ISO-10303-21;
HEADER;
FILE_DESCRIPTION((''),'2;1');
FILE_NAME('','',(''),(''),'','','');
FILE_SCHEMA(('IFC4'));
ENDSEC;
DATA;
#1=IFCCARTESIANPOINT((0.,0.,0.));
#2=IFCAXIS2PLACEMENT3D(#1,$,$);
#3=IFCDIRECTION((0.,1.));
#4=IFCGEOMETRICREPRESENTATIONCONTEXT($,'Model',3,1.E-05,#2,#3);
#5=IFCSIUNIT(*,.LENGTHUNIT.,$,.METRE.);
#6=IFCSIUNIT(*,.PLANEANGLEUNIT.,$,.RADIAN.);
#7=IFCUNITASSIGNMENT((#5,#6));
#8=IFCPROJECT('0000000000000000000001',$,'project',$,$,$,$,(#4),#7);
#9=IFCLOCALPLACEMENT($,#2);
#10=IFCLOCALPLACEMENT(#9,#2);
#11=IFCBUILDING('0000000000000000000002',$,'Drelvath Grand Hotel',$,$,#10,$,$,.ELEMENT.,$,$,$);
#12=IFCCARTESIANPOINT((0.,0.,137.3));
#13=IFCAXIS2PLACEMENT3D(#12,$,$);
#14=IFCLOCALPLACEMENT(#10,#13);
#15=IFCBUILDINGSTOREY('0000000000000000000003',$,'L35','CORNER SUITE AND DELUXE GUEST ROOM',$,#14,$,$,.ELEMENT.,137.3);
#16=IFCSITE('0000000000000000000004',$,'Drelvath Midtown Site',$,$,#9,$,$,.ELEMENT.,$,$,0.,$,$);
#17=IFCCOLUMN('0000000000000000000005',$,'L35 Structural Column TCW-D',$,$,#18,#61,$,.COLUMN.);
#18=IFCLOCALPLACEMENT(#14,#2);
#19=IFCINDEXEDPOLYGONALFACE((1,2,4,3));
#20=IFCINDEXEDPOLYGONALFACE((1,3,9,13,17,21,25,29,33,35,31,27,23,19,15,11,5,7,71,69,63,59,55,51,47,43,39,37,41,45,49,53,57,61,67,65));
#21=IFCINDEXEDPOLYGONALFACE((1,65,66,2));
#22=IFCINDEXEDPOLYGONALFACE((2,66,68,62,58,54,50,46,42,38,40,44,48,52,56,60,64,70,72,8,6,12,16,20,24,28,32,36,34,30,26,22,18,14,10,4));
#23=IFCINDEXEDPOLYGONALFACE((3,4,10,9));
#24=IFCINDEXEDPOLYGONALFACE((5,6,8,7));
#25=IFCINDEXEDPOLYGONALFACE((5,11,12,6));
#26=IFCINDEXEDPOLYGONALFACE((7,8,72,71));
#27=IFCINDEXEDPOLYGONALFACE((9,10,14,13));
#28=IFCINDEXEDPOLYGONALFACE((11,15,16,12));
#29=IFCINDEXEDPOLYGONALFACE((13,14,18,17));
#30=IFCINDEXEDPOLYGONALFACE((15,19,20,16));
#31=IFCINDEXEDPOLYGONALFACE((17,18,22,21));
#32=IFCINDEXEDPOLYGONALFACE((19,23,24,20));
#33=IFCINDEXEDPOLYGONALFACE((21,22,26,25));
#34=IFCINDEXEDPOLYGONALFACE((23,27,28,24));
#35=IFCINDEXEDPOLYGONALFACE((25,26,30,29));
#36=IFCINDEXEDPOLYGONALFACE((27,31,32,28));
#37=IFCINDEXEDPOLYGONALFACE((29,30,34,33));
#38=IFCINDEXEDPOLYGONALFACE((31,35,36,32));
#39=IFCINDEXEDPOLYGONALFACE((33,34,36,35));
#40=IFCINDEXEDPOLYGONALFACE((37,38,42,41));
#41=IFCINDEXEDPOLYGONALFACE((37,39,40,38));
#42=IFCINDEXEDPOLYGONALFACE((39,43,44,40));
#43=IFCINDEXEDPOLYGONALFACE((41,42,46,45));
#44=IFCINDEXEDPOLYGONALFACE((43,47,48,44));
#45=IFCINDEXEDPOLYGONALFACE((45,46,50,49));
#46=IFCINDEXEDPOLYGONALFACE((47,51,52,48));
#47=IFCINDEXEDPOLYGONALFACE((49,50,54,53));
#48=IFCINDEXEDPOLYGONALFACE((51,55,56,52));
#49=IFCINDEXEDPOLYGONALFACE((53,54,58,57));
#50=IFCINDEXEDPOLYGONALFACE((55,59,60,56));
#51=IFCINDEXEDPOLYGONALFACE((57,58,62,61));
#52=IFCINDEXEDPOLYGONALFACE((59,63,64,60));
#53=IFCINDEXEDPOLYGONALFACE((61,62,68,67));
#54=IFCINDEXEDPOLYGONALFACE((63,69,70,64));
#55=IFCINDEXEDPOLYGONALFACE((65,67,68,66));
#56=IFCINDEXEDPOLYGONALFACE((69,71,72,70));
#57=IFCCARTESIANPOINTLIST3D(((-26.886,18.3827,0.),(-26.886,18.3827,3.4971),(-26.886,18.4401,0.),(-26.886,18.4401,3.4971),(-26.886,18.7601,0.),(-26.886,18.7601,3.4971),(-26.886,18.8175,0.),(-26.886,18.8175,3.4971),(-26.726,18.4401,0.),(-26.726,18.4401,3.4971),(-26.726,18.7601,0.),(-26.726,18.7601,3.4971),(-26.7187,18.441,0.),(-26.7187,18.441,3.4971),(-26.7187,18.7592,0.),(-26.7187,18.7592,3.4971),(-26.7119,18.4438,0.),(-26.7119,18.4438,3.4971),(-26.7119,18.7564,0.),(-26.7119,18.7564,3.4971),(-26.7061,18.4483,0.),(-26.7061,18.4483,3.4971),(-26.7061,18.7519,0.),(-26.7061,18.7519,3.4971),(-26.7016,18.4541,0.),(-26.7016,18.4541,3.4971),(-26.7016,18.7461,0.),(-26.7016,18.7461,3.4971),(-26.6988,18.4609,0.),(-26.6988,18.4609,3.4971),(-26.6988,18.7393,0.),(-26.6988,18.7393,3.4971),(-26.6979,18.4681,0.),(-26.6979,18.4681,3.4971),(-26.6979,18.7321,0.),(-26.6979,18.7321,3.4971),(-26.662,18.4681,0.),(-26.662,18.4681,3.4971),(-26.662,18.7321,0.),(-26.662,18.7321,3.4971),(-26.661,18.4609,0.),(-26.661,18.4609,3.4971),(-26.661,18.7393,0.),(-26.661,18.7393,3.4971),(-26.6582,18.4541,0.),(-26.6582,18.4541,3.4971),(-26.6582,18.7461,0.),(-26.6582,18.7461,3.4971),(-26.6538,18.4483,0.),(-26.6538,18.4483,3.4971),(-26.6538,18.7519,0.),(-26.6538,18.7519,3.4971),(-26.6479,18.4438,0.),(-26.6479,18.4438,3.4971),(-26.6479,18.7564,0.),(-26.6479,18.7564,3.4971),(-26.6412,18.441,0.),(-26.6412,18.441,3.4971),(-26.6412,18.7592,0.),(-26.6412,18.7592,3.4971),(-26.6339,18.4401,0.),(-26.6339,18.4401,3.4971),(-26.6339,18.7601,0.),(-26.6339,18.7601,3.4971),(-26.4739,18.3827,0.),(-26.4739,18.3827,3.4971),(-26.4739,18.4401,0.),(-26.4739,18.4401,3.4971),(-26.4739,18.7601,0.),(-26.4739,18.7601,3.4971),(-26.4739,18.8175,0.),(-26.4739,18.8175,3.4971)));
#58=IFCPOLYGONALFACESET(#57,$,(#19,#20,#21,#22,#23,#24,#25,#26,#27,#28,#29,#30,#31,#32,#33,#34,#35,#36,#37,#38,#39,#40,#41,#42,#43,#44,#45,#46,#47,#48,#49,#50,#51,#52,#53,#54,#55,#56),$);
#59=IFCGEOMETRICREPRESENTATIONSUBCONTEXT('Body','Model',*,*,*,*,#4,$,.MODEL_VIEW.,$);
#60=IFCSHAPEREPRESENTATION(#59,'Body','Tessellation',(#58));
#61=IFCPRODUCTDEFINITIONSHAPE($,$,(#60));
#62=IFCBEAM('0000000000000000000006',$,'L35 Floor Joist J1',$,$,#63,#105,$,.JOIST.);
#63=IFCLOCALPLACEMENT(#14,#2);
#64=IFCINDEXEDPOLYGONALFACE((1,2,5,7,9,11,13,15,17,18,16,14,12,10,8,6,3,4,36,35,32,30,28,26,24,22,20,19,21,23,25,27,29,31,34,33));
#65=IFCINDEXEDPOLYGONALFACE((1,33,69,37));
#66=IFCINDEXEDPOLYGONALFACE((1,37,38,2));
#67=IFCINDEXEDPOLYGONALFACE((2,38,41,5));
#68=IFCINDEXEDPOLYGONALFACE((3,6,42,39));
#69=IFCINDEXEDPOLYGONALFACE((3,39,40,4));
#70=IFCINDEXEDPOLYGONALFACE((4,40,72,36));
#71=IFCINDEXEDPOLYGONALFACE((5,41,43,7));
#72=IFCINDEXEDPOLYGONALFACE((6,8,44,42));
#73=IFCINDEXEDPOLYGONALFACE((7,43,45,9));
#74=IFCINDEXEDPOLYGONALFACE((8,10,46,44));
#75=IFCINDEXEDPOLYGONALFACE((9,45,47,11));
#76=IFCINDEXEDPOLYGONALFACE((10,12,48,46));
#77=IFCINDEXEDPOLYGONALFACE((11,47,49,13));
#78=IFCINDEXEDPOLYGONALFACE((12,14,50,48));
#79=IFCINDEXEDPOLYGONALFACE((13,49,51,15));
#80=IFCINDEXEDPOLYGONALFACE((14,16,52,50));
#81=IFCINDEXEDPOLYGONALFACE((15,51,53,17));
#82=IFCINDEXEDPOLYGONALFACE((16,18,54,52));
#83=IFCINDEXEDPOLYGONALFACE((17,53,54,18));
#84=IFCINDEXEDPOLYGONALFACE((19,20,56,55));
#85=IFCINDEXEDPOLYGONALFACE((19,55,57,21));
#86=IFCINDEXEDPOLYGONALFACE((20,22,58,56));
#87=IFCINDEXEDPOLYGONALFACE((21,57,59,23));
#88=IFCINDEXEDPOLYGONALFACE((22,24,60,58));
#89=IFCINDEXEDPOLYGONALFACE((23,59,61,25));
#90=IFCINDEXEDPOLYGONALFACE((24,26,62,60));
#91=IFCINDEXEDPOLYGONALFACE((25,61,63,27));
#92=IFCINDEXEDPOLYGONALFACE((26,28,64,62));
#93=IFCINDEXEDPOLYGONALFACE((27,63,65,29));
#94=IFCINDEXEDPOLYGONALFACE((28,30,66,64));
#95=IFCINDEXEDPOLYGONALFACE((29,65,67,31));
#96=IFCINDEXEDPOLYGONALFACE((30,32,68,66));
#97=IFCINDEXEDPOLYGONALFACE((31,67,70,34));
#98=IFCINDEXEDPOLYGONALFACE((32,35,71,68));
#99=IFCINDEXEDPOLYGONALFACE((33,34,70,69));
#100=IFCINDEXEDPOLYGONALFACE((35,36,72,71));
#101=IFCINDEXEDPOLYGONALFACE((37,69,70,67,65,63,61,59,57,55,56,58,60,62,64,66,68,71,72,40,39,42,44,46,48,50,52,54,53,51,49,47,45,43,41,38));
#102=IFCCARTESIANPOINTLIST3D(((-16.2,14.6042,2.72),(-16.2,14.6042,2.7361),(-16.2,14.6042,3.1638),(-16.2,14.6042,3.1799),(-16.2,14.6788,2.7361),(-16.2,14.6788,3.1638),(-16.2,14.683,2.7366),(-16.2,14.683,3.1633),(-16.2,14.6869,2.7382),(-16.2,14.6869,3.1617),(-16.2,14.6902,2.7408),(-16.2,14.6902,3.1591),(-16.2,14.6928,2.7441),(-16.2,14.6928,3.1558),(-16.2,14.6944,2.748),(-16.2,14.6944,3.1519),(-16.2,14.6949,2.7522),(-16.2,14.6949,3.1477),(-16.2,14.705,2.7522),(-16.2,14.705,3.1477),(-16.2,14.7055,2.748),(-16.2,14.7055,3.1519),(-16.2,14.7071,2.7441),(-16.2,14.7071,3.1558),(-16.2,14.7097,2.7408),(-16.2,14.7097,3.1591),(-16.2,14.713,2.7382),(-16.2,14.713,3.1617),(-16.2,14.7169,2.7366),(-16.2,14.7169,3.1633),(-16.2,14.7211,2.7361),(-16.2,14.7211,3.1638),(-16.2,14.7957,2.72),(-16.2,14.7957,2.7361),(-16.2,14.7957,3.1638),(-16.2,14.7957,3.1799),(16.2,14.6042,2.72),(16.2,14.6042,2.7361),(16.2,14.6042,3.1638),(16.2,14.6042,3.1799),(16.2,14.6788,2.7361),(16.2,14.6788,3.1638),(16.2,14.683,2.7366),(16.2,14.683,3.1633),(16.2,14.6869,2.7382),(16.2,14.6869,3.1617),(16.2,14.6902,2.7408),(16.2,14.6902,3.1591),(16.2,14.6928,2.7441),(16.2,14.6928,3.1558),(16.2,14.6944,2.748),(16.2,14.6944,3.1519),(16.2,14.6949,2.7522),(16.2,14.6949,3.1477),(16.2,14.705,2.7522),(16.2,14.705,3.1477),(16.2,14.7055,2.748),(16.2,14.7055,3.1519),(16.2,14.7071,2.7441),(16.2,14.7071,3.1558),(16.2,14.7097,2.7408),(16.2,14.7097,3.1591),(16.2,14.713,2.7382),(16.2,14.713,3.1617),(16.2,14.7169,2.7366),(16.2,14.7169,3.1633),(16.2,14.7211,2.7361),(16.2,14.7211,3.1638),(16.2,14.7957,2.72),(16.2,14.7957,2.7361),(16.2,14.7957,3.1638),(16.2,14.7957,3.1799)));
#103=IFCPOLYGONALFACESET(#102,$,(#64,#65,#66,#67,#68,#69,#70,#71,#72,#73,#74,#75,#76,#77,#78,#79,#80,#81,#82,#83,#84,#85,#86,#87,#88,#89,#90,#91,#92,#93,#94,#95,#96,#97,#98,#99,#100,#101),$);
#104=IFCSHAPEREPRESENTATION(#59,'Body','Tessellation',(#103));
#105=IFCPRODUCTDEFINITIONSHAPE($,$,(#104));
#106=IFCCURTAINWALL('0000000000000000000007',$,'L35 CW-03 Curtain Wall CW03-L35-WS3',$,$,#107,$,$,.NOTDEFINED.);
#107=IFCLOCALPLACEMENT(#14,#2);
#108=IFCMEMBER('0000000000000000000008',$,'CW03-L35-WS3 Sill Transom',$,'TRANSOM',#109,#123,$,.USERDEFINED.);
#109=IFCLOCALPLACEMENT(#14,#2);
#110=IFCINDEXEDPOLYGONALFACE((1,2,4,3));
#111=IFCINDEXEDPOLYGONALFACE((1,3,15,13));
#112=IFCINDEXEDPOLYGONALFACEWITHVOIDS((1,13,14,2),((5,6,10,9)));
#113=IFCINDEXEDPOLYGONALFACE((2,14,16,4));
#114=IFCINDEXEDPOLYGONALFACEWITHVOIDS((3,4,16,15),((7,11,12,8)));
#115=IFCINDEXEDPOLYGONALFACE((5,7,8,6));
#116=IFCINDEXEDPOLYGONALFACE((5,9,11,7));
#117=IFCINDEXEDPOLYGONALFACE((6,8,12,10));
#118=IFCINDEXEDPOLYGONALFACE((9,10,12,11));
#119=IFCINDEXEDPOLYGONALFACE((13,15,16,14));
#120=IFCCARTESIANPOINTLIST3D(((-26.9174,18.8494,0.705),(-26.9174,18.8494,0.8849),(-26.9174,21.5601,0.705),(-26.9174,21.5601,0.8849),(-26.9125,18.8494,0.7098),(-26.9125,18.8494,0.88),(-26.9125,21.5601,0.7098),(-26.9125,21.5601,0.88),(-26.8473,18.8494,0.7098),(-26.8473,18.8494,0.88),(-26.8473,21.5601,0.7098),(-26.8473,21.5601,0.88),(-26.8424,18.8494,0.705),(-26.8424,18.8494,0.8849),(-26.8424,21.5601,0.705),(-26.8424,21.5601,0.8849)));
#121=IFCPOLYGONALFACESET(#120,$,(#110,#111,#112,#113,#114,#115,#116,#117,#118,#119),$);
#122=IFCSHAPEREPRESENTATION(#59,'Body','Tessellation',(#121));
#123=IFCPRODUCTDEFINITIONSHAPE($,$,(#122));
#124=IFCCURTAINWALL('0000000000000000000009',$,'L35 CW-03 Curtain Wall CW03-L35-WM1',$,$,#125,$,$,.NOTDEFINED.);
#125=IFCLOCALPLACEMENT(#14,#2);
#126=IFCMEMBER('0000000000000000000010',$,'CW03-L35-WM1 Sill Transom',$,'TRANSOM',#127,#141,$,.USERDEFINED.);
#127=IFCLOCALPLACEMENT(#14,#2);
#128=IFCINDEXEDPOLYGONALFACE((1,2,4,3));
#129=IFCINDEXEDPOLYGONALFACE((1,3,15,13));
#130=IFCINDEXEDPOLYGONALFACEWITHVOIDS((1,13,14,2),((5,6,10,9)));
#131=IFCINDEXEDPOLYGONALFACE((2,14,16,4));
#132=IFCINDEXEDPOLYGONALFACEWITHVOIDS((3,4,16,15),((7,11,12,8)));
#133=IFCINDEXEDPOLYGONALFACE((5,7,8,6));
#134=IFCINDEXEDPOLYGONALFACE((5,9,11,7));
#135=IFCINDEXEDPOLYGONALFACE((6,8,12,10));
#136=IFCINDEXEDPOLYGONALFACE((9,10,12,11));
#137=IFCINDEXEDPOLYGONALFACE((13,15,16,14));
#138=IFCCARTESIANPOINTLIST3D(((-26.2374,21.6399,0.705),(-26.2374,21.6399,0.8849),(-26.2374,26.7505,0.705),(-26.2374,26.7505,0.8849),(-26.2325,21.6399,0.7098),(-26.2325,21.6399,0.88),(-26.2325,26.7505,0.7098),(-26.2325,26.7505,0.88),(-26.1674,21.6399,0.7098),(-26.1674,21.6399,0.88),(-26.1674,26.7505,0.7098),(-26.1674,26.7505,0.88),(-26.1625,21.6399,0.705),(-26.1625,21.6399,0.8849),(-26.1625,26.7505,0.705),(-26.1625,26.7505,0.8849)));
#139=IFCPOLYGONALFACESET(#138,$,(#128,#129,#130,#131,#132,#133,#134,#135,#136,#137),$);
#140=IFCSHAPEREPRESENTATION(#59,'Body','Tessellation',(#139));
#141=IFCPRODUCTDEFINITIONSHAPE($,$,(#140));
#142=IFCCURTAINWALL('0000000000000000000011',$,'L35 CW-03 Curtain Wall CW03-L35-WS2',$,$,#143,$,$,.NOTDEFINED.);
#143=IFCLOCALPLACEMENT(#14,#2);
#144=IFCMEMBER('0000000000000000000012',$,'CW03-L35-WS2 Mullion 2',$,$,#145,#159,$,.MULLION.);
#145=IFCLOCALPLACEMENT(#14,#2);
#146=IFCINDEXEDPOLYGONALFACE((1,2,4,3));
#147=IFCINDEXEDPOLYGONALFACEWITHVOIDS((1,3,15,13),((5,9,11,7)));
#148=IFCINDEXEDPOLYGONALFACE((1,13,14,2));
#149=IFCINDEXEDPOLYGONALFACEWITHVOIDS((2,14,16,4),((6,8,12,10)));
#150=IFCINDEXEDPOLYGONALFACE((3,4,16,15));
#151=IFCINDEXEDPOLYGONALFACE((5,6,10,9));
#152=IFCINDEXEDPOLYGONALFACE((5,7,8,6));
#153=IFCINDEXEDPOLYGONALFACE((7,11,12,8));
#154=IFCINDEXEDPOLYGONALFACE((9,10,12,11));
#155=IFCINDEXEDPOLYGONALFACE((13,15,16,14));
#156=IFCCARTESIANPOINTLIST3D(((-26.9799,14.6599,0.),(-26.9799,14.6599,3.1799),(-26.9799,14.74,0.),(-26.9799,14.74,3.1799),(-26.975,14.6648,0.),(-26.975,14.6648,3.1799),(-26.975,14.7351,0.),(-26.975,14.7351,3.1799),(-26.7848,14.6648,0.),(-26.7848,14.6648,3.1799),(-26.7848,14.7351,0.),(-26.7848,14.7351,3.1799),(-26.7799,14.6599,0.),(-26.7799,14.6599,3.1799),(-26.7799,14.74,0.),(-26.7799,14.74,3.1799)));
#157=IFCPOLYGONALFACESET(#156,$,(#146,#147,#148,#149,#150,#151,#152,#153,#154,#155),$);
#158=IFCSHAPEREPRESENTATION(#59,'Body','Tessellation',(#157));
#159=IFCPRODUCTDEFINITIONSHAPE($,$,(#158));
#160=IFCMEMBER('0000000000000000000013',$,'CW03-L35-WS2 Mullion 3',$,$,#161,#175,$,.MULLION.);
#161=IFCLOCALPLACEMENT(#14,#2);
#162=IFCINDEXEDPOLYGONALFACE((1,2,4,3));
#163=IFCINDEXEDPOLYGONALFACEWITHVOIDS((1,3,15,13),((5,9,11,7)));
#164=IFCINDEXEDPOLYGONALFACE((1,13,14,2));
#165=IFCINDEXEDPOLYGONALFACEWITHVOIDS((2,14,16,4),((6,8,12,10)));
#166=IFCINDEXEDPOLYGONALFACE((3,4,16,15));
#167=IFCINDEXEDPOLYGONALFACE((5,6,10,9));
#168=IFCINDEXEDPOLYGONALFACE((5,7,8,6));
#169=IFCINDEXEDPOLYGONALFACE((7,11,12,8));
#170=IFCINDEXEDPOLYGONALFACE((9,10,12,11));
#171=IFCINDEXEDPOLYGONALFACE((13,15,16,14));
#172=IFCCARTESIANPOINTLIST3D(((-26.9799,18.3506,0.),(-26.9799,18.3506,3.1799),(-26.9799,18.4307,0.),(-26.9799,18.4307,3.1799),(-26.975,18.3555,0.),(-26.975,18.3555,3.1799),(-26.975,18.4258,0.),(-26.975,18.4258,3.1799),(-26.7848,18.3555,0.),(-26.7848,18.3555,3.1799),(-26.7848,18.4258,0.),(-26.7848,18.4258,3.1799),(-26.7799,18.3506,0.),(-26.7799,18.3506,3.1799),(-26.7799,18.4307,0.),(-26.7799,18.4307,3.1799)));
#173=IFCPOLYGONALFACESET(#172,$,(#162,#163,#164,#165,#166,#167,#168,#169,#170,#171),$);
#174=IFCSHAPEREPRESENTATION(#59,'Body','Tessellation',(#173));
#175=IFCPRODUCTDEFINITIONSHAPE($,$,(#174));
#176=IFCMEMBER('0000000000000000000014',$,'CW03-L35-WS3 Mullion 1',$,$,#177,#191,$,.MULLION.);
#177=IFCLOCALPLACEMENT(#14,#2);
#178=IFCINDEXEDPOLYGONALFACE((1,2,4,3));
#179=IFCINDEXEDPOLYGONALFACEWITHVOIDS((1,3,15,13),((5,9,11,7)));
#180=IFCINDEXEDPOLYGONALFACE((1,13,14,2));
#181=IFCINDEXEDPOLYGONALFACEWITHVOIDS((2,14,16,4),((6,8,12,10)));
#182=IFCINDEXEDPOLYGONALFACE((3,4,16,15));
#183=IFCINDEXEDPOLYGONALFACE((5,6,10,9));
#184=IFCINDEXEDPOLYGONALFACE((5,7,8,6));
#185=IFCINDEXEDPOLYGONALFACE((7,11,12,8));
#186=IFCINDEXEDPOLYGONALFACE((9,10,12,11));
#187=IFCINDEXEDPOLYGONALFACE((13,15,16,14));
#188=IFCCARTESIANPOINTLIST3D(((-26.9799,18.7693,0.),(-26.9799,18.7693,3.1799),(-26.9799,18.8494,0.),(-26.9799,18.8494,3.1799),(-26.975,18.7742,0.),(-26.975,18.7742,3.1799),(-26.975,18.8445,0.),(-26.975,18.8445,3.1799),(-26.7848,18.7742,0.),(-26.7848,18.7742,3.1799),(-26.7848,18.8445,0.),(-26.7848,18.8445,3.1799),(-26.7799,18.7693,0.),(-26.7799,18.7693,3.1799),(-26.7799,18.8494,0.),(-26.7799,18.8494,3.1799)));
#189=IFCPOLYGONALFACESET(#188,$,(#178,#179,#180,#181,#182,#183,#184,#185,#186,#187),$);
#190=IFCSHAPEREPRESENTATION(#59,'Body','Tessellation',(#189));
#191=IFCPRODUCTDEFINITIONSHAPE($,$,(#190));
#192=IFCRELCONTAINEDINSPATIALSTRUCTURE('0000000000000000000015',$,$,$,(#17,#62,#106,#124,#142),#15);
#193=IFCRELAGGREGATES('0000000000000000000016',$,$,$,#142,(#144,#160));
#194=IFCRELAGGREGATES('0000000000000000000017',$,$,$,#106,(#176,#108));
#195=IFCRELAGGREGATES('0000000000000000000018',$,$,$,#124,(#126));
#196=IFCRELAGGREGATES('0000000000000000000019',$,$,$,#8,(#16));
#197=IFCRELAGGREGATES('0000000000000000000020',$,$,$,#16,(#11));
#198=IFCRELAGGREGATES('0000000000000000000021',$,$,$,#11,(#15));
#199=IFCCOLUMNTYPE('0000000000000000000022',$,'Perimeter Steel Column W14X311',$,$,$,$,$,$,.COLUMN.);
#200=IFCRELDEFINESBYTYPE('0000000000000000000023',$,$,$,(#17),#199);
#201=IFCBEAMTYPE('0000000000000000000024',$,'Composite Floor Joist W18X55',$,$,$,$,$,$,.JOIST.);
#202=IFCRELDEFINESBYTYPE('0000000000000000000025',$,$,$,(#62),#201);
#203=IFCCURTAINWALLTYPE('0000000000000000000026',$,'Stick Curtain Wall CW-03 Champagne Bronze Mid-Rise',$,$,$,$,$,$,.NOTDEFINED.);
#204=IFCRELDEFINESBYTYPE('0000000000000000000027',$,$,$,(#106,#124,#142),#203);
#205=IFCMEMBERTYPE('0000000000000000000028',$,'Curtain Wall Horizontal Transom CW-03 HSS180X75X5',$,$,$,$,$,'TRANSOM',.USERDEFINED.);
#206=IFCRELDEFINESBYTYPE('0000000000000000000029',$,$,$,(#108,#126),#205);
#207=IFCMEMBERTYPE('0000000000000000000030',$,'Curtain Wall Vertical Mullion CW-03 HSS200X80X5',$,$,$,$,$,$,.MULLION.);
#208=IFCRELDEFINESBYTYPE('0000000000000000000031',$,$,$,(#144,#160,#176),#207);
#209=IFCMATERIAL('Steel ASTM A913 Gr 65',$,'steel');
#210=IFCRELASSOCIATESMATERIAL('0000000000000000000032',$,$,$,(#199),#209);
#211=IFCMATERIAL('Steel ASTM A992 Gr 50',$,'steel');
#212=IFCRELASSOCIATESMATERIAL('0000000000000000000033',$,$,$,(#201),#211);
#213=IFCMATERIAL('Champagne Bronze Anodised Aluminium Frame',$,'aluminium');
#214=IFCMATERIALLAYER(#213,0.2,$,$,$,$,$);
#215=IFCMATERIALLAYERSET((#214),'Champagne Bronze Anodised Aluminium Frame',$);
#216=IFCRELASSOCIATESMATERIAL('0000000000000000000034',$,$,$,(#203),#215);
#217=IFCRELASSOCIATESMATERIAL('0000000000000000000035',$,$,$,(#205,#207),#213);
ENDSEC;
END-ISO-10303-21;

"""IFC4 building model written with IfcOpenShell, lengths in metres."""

from ifc_helpers import new_model, si_unit, direction, frame, origin, origin_2d, place, context, subcontext, project, spatial, hollow_rectangle, i_section, extrude, material, layer, layer_set, material_profile, profile_set, type_object, element, aggregate, save


model = new_model("IFC4")

# Units and contexts
model_context = context("Model", 3, precision=1e-05, world=origin(), true_north=direction((0.0, 1.0)))
body_context = subcontext(model_context, "Body", "Model", "MODEL_VIEW")
ifc_project = project(units=[si_unit("LENGTHUNIT", "METRE"), si_unit("PLANEANGLEUNIT", "RADIAN")], contexts=[model_context])

# Site, building, storey
site_placement = place(None, origin())
site = spatial("IfcSite", under=ifc_project, at=site_placement, Name="Drelvath Midtown Site", CompositionType="ELEMENT", RefElevation=0.0)
building_placement = place(site_placement, origin())
building = spatial("IfcBuilding", under=site, at=building_placement, Name="Drelvath Grand Hotel", CompositionType="ELEMENT")
storey_placement = place(building_placement, frame((0.0, 0.0, 137.3)))
storey = spatial("IfcBuildingStorey", under=building, at=storey_placement, Name="L35", Description="CORNER SUITE AND DELUXE GUEST ROOM", CompositionType="ELEMENT", Elevation=137.3)

# Column
ifc_material_1 = material(Name="Steel ASTM A913 Gr 65", Category="steel")
ifc_material_profile_1 = material_profile(ifc_material_1, i_section(OverallWidth=0.4121, OverallDepth=0.4348, WebThickness=0.0359, FlangeThickness=0.0574, FilletRadius=0.0281, at=origin_2d()), Name="W14X311")
ifc_profile_set_1 = profile_set([ifc_material_profile_1], Name="Steel ASTM A913 Gr 65")
column_type = type_object("IfcColumnType", Name="Perimeter Steel Column W14X311", PredefinedType="COLUMN", material=ifc_profile_set_1)
column_placement = place(storey_placement, frame((-26.6799, 18.6001, 0.0), z_axis=(0.0, 0.0, 1.0), x_axis=(1.0, 0.0, 0.0)))
element("IfcColumn", 1, at=column_placement, inside=storey, type_object=column_type, Name="L35 Structural Column TCW-D", PredefinedType="COLUMN", context=body_context, shape_type="SweptSolid", body=[
    extrude(i_section(OverallWidth=0.4121, OverallDepth=0.4348, WebThickness=0.0359, FlangeThickness=0.0574, FilletRadius=0.0281, at=origin_2d()), origin(), (0.0, 0.0, 1.0), 3.4971),
])

# Beam
ifc_material_2 = material(Name="Steel ASTM A992 Gr 50", Category="steel")
ifc_material_profile_2 = material_profile(ifc_material_2, i_section(OverallWidth=0.1914, OverallDepth=0.46, WebThickness=0.01, FlangeThickness=0.0161, FilletRadius=0.0161, at=origin_2d()), Name="W18X55")
ifc_profile_set_2 = profile_set([ifc_material_profile_2], Name="Steel ASTM A992 Gr 50")
beam_type_1 = type_object("IfcBeamType", Name="Composite Floor Joist W18X55", PredefinedType="JOIST", material=ifc_profile_set_2)
beam_1_placement = place(storey_placement, frame((-16.2, 14.7, 2.95), z_axis=(1.0, 0.0, 0.0), x_axis=(0.0, 1.0, 0.0)))
element("IfcBeam", 2, at=beam_1_placement, inside=storey, type_object=beam_type_1, Name="L35 Floor Joist J1", PredefinedType="JOIST", context=body_context, shape_type="SweptSolid", body=[
    extrude(i_section(OverallWidth=0.1914, OverallDepth=0.46, WebThickness=0.01, FlangeThickness=0.0161, FilletRadius=0.0161, at=origin_2d()), origin(), (0.0, 0.0, 1.0), 32.3999),
])

# Curtain walls, members
ifc_material_3 = material(Name="Champagne Bronze Anodised Aluminium Frame", Category="aluminium")
ifc_layer_1 = layer(ifc_material_3, 0.2)
ifc_layer_set_1 = layer_set([ifc_layer_1], Name="Champagne Bronze Anodised Aluminium Frame")
curtain_wall_type = type_object("IfcCurtainWallType", Name="Stick Curtain Wall CW-03 Champagne Bronze Mid-Rise", PredefinedType="NOTDEFINED", material=ifc_layer_set_1)
curtain_wall_1_placement = place(storey_placement, origin())
curtain_wall_1 = element("IfcCurtainWall", 3, at=curtain_wall_1_placement, inside=storey, type_object=curtain_wall_type, Name="L35 CW-03 Curtain Wall CW03-L35-WS3", PredefinedType="NOTDEFINED")
ifc_material_profile_3 = material_profile(ifc_material_3, hollow_rectangle(XDim=0.075, YDim=0.1799, WallThickness=0.0049, at=origin_2d()), Name="HSS180X75X5")
ifc_profile_set_3 = profile_set([ifc_material_profile_3], Name="Champagne Bronze Anodised Aluminium Frame")
member_type_1 = type_object("IfcMemberType", Name="Curtain Wall Horizontal Transom CW-03 HSS180X75X5", ElementType="TRANSOM", PredefinedType="USERDEFINED", material=ifc_profile_set_3)
member_1_placement = place(storey_placement, frame((-26.8799, 18.8494, 0.7949), z_axis=(0.0, 1.0, 0.0), x_axis=(-1.0, 0.0, 0.0)))
member_1 = element("IfcMember", 4, at=member_1_placement, type_object=member_type_1, Name="CW03-L35-WS3 Sill Transom", ObjectType="TRANSOM", PredefinedType="USERDEFINED", context=body_context, shape_type="SweptSolid", body=[
    extrude(hollow_rectangle(XDim=0.075, YDim=0.1799, WallThickness=0.0049, at=origin_2d()), origin(), (0.0, 0.0, 1.0), 2.7107),
])
curtain_wall_2_placement = place(storey_placement, origin())
curtain_wall_2 = element("IfcCurtainWall", 5, at=curtain_wall_2_placement, inside=storey, type_object=curtain_wall_type, Name="L35 CW-03 Curtain Wall CW03-L35-WM1", PredefinedType="NOTDEFINED")
member_2_placement = place(storey_placement, frame((-26.2, 21.6399, 0.7949), z_axis=(0.0, 1.0, 0.0), x_axis=(-1.0, 0.0, 0.0)))
member_2 = element("IfcMember", 6, at=member_2_placement, type_object=member_type_1, Name="CW03-L35-WM1 Sill Transom", ObjectType="TRANSOM", PredefinedType="USERDEFINED", context=body_context, shape_type="SweptSolid", body=[
    extrude(hollow_rectangle(XDim=0.075, YDim=0.1799, WallThickness=0.0049, at=origin_2d()), origin(), (0.0, 0.0, 1.0), 5.1106),
])

# Curtain wall, members
curtain_wall_3_placement = place(storey_placement, origin())
curtain_wall_3 = element("IfcCurtainWall", 7, at=curtain_wall_3_placement, inside=storey, type_object=curtain_wall_type, Name="L35 CW-03 Curtain Wall CW03-L35-WS2", PredefinedType="NOTDEFINED")
ifc_material_profile_4 = material_profile(ifc_material_3, hollow_rectangle(XDim=0.0801, YDim=0.2, WallThickness=0.0049, at=origin_2d()), Name="HSS200X80X5")
ifc_profile_set_4 = profile_set([ifc_material_profile_4], Name="Champagne Bronze Anodised Aluminium Frame")
member_type_2 = type_object("IfcMemberType", Name="Curtain Wall Vertical Mullion CW-03 HSS200X80X5", PredefinedType="MULLION", material=ifc_profile_set_4)
member_3_placement = place(storey_placement, frame((-26.8799, 14.7, 0.0), z_axis=(0.0, 0.0, 1.0), x_axis=(0.0, 1.0, 0.0)))
member_3 = element("IfcMember", 8, at=member_3_placement, type_object=member_type_2, Name="CW03-L35-WS2 Mullion 2", PredefinedType="MULLION", context=body_context, shape_type="SweptSolid", body=[
    extrude(hollow_rectangle(XDim=0.0801, YDim=0.2, WallThickness=0.0049, at=origin_2d()), origin(), (0.0, 0.0, 1.0), 3.1799),
])
member_4_placement = place(storey_placement, frame((-26.8799, 18.3906, 0.0), z_axis=(0.0, 0.0, 1.0), x_axis=(0.0, 1.0, 0.0)))
member_4 = element("IfcMember", 9, at=member_4_placement, type_object=member_type_2, Name="CW03-L35-WS2 Mullion 3", PredefinedType="MULLION", context=body_context, shape_type="SweptSolid", body=[
    extrude(hollow_rectangle(XDim=0.0801, YDim=0.2, WallThickness=0.0049, at=origin_2d()), origin(), (0.0, 0.0, 1.0), 3.1799),
])

# Member
member_5_placement = place(storey_placement, frame((-26.8799, 18.8093, 0.0), z_axis=(0.0, 0.0, 1.0), x_axis=(0.0, 1.0, 0.0)))
member_5 = element("IfcMember", 10, at=member_5_placement, type_object=member_type_2, Name="CW03-L35-WS3 Mullion 1", PredefinedType="MULLION", context=body_context, shape_type="SweptSolid", body=[
    extrude(hollow_rectangle(XDim=0.0801, YDim=0.2, WallThickness=0.0049, at=origin_2d()), origin(), (0.0, 0.0, 1.0), 3.1799),
])

aggregate(curtain_wall_3, [member_3, member_4])
aggregate(curtain_wall_1, [member_5, member_1])
aggregate(curtain_wall_2, [member_2])

save(model, "model.ifc")
